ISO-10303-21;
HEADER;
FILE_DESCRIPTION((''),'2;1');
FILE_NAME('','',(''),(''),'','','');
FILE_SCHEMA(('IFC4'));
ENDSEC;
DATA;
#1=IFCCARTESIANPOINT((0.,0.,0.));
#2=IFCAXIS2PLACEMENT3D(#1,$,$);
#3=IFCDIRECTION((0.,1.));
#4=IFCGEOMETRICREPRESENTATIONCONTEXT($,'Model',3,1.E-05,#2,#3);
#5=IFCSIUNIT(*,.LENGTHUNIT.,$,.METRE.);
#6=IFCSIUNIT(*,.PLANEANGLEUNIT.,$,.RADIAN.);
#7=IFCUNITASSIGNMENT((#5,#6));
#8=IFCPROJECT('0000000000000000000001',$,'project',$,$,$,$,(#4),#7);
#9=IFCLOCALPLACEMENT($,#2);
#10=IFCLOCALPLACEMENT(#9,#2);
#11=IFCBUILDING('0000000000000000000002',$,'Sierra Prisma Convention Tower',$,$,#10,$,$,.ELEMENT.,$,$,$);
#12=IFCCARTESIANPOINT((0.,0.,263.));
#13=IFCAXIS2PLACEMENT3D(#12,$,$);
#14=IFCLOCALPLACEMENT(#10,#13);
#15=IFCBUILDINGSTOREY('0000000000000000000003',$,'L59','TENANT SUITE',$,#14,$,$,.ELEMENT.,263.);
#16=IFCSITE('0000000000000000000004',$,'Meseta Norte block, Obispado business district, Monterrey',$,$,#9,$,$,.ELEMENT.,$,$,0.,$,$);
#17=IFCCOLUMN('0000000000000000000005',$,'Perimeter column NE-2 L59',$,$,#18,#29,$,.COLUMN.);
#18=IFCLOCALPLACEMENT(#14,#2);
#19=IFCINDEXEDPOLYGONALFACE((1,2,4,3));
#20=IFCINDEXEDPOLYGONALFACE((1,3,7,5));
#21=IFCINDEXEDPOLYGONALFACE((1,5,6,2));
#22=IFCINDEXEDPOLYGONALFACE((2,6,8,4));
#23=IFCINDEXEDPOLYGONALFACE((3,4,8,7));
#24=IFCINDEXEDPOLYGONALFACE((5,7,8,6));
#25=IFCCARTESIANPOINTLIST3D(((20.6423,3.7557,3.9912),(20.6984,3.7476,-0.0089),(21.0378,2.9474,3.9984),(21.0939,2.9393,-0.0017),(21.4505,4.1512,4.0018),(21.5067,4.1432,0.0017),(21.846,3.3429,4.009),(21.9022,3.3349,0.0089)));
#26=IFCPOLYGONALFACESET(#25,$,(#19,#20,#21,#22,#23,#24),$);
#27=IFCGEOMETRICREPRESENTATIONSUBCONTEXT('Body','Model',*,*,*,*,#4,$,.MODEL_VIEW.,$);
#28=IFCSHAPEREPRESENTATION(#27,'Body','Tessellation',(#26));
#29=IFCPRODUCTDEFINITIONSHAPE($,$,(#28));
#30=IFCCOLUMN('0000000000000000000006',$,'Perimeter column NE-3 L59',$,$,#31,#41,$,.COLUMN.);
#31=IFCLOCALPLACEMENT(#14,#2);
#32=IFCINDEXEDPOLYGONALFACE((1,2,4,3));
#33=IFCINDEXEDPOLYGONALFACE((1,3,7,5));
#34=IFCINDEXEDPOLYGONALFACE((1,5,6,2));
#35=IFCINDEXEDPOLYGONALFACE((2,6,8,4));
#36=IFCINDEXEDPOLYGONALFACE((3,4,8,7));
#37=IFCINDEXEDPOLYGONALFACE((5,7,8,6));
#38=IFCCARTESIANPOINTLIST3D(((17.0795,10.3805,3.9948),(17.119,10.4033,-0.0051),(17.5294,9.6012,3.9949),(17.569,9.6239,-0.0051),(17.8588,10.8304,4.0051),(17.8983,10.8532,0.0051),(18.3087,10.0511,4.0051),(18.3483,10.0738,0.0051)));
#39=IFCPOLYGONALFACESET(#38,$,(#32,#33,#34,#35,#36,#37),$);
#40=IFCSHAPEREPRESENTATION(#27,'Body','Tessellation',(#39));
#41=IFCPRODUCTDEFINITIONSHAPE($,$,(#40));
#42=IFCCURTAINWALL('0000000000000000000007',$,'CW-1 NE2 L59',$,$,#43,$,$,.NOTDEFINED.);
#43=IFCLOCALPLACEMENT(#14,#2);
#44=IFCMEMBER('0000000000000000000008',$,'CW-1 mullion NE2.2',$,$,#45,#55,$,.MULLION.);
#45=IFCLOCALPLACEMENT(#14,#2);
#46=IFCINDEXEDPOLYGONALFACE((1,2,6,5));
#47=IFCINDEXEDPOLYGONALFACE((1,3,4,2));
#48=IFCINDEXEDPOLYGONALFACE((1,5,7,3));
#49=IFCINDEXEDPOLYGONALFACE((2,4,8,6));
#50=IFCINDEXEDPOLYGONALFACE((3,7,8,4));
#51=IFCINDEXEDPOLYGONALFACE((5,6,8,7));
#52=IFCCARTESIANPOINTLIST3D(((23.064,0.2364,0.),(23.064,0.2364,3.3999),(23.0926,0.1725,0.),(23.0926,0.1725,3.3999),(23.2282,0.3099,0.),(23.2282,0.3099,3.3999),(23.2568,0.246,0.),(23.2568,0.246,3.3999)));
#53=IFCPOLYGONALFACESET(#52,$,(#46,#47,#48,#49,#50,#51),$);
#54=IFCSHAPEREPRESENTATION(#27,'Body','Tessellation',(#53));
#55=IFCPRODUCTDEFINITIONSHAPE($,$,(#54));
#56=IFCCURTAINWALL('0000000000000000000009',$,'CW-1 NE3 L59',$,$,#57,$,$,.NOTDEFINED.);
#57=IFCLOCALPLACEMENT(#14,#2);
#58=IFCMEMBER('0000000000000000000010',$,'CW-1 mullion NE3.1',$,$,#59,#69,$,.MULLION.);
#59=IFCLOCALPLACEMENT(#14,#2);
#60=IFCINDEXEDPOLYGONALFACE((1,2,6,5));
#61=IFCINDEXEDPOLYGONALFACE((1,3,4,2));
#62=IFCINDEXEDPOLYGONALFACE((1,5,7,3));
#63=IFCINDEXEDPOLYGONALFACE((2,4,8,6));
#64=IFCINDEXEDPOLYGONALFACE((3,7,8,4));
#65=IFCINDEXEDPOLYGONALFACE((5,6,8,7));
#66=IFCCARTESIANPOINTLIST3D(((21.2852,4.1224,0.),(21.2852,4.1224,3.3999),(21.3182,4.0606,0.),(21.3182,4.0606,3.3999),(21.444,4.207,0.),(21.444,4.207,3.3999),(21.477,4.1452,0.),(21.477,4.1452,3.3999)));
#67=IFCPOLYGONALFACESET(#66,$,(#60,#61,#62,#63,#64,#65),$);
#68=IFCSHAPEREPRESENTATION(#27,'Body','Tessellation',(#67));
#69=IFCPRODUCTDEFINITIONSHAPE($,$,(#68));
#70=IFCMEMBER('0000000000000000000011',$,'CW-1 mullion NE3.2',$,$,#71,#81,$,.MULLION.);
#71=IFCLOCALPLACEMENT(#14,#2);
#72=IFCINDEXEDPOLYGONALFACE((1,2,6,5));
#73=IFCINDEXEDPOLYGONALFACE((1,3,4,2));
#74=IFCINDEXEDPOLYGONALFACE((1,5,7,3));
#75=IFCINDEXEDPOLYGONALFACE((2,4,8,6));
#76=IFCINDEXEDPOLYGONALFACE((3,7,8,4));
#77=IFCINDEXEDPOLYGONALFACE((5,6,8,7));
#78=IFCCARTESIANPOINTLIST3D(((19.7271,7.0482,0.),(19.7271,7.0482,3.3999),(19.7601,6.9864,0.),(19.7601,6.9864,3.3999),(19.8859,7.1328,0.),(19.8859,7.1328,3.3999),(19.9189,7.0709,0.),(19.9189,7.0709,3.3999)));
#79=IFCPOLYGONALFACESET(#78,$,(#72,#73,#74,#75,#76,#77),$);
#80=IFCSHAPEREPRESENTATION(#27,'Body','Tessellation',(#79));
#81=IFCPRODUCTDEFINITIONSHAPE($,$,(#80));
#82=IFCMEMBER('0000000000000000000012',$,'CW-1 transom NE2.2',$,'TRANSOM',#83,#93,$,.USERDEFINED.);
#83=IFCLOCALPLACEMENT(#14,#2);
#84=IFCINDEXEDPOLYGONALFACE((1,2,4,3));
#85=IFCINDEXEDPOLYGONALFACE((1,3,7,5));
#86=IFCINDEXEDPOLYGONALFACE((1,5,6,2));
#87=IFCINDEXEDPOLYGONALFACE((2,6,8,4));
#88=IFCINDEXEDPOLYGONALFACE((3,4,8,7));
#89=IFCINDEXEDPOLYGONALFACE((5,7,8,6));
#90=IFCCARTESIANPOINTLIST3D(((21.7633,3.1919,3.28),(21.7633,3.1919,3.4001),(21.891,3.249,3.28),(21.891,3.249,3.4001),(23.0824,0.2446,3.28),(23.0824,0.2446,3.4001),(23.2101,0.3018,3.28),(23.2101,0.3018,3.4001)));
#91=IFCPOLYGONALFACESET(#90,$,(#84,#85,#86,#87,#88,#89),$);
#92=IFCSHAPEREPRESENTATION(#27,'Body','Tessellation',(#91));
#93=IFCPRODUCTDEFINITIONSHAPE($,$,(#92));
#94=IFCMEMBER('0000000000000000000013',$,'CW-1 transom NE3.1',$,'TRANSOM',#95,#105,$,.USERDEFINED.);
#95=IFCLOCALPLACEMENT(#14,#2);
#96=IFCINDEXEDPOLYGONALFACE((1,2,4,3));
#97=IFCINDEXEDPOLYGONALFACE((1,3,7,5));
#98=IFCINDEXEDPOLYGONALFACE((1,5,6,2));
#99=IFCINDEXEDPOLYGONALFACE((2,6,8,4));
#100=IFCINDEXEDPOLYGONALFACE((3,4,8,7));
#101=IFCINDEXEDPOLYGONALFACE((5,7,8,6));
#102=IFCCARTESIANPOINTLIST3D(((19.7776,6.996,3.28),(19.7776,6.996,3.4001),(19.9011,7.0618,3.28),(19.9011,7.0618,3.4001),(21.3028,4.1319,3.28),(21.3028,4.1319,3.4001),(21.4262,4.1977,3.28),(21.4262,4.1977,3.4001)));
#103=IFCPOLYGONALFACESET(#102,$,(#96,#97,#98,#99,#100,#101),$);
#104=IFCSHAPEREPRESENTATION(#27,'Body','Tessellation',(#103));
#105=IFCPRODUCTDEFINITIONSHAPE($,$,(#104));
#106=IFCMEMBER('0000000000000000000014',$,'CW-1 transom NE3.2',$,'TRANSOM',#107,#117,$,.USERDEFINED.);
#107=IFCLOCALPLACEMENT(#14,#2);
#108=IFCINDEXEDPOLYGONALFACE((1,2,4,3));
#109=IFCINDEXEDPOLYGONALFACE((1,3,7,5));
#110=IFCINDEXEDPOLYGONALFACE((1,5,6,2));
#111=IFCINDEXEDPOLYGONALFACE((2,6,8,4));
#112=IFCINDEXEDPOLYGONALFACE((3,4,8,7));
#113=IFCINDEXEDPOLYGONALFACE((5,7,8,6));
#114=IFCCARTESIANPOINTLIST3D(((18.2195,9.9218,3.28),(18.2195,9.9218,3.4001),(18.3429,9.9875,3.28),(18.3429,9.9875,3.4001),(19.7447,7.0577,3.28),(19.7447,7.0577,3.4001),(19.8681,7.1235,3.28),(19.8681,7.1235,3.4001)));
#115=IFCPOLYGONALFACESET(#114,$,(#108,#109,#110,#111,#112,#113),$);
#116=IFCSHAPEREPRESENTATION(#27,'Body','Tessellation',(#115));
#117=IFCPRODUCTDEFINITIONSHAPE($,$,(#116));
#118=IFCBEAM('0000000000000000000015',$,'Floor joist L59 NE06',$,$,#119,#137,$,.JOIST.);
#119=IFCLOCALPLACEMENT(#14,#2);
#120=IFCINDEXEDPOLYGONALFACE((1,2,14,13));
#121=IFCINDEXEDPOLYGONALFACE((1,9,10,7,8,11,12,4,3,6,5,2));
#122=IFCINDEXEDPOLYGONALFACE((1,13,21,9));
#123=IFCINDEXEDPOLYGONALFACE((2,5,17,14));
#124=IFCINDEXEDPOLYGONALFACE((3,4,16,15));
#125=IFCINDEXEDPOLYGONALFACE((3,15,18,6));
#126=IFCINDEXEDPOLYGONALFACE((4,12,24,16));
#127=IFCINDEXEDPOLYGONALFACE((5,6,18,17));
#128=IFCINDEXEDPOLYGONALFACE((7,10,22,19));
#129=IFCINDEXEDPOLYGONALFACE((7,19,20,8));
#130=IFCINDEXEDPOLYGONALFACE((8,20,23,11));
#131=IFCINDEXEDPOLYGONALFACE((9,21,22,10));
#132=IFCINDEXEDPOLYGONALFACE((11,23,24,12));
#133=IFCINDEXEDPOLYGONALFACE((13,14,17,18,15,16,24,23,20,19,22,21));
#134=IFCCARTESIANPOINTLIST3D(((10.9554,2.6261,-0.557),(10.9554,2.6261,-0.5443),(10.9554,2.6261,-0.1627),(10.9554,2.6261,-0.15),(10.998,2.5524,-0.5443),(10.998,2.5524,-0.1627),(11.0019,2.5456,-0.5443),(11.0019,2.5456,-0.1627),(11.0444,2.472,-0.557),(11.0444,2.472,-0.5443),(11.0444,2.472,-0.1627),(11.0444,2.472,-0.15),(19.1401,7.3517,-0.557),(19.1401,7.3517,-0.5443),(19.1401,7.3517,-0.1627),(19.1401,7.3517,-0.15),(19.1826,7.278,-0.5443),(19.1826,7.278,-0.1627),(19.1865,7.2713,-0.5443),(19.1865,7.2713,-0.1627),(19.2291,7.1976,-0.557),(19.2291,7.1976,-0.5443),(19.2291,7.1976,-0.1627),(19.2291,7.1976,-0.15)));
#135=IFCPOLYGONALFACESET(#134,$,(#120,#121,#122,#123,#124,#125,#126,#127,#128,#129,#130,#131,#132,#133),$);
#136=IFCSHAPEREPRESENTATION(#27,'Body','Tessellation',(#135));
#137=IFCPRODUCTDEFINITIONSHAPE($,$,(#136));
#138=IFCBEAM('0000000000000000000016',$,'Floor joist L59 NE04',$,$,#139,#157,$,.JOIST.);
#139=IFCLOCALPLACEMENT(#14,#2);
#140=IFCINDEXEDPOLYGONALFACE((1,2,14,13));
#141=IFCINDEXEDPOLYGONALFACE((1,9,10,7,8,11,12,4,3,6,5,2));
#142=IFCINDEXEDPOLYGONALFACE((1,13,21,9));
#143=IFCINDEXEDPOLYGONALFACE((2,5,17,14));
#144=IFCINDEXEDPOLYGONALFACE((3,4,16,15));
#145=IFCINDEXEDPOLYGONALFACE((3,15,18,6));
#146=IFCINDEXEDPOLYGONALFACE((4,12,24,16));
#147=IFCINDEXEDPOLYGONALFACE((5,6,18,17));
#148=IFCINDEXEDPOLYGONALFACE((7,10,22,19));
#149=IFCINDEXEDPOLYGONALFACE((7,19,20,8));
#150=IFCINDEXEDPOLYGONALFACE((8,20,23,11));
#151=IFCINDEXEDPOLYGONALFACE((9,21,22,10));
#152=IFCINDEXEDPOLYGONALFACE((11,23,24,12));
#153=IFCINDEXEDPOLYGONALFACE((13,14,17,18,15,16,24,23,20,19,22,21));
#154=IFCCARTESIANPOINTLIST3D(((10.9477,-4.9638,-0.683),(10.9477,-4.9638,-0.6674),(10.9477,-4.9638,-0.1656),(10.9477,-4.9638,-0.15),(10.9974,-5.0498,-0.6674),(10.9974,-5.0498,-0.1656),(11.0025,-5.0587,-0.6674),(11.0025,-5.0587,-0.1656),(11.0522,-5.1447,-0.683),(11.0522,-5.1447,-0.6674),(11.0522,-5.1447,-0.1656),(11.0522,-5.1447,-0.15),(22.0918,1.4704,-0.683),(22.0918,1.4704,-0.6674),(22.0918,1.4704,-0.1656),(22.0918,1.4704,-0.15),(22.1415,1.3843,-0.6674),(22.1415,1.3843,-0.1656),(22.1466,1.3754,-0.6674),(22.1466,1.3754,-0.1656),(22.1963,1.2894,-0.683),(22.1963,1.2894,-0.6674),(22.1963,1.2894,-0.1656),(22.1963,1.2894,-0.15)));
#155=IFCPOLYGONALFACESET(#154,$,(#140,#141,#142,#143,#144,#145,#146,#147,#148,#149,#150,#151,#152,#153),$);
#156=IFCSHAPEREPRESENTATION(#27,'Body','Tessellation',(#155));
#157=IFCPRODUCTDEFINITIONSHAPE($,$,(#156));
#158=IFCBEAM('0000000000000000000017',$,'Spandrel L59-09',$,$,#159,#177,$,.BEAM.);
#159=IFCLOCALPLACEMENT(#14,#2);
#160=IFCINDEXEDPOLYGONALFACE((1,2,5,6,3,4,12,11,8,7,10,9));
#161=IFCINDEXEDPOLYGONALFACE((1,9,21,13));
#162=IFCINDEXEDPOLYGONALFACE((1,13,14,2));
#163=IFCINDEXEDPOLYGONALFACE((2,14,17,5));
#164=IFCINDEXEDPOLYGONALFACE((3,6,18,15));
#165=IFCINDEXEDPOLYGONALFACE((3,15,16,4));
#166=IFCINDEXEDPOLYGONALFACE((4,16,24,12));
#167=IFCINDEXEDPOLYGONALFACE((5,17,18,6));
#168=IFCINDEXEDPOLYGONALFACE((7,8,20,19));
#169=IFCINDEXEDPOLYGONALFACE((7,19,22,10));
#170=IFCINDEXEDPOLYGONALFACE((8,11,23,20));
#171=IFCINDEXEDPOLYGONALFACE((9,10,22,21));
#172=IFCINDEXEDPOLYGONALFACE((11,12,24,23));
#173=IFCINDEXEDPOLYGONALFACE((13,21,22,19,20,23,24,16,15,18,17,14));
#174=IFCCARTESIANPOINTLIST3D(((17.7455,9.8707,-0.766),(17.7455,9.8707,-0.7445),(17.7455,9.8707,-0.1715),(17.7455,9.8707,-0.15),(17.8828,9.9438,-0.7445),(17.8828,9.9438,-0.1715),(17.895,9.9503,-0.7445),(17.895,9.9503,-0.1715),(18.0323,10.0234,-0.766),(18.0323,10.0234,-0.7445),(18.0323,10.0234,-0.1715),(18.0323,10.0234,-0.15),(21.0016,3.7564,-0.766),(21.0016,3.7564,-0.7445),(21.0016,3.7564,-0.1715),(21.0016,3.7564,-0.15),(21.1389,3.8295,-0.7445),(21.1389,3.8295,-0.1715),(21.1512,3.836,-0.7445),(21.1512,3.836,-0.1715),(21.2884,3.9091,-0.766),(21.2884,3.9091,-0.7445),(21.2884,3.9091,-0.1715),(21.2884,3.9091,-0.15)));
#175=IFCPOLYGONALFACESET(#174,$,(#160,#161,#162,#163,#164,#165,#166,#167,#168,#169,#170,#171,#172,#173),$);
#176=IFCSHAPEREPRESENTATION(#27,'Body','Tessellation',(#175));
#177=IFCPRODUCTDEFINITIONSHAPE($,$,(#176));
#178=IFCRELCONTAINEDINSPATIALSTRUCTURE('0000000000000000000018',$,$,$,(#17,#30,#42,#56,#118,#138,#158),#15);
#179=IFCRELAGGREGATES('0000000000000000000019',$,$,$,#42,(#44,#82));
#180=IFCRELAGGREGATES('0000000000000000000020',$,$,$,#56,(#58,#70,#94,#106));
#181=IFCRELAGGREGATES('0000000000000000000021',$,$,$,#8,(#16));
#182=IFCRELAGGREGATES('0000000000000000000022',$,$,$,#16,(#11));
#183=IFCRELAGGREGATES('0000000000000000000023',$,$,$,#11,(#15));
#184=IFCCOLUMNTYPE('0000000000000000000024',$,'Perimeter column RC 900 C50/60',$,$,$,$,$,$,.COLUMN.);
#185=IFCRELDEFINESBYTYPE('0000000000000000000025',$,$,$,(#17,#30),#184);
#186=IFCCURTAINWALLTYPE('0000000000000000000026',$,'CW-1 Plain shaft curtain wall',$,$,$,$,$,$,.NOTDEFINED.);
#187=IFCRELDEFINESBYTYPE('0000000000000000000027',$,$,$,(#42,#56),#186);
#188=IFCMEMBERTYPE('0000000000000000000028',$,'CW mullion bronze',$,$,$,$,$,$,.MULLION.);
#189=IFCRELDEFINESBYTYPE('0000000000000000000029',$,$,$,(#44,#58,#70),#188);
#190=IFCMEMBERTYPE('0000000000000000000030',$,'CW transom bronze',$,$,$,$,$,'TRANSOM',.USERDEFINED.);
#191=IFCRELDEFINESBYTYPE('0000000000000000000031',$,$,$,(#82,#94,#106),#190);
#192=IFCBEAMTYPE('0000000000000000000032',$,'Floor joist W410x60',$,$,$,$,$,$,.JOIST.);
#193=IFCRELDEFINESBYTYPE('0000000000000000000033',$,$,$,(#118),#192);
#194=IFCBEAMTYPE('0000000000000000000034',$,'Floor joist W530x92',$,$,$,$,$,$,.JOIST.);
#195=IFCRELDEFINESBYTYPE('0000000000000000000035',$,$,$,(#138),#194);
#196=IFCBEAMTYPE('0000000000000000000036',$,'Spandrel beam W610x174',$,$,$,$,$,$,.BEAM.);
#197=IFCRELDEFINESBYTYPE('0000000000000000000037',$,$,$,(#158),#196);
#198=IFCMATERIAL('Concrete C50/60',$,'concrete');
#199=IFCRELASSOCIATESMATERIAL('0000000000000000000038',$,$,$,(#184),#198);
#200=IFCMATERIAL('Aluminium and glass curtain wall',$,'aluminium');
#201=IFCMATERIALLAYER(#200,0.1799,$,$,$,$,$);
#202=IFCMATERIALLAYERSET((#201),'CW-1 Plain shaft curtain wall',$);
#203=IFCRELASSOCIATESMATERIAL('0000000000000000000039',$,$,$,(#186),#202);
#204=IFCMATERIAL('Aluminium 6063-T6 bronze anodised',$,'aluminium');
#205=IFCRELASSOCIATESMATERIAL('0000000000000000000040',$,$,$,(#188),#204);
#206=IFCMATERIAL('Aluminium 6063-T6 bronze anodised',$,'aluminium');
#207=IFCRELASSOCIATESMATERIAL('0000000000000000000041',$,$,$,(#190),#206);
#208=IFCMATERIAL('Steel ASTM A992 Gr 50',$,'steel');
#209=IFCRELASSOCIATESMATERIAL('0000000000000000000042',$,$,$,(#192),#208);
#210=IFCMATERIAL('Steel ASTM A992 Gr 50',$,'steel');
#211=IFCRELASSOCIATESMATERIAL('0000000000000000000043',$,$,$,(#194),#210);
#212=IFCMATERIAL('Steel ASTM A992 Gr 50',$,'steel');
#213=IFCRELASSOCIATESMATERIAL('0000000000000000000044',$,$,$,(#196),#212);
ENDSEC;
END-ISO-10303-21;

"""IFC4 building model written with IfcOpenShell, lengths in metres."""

from ifc_helpers import new_model, si_unit, direction, frame, origin, origin_2d, place, context, subcontext, project, spatial, rectangle, i_section, extrude, material, layer, layer_set, material_profile, profile_set, type_object, element, aggregate, save


model = new_model("IFC4")

# Units and contexts
model_context = context("Model", 3, precision=1e-05, world=origin(), true_north=direction((0.0, 1.0)))
body_context = subcontext(model_context, "Body", "Model", "MODEL_VIEW")
ifc_project = project(units=[si_unit("LENGTHUNIT", "METRE"), si_unit("PLANEANGLEUNIT", "RADIAN")], contexts=[model_context])

# Site, building, storey
site_placement = place(None, origin())
site = spatial("IfcSite", under=ifc_project, at=site_placement, Name="Meseta Norte block, Obispado business district, Monterrey", CompositionType="ELEMENT", RefElevation=0.0)
building_placement = place(site_placement, origin())
building = spatial("IfcBuilding", under=site, at=building_placement, Name="Sierra Prisma Convention Tower", CompositionType="ELEMENT")
storey_placement = place(building_placement, frame((0.0, 0.0, 263.0)))
storey = spatial("IfcBuildingStorey", under=building, at=storey_placement, Name="L59", Description="TENANT SUITE", CompositionType="ELEMENT", Elevation=263.0)

# Columns
ifc_material_1 = material(Name="Concrete C50/60", Category="concrete")
ifc_material_profile_1 = material_profile(ifc_material_1, rectangle(XDim=0.8999, YDim=0.8999, at=origin_2d()), Name="Perimeter column RC 900 C50/60")
ifc_profile_set_1 = profile_set([ifc_material_profile_1], Name="Concrete C50/60")
column_type = type_object("IfcColumnType", Name="Perimeter column RC 900 C50/60", PredefinedType="COLUMN", material=ifc_profile_set_1)
column_1_placement = place(storey_placement, frame((21.3003, 3.5413, 0.0), z_axis=(-0.014037, 0.002014, 0.999899), x_axis=(-0.439491, 0.898211, -0.007979)))
element("IfcColumn", 1, at=column_1_placement, inside=storey, type_object=column_type, Name="Perimeter column NE-2 L59", PredefinedType="COLUMN", context=body_context, shape_type="SweptSolid", body=[
    extrude(rectangle(XDim=0.8999, YDim=0.8999, at=origin_2d()), origin(), (0.0, 0.0, 1.0), 4.0005),
])
column_2_placement = place(storey_placement, frame((17.7336, 10.2385, 0.0), z_axis=(-0.009887, -0.005676, 0.999935), x_axis=(-0.499976, 0.86604, -0.000028)))
element("IfcColumn", 2, at=column_2_placement, inside=storey, type_object=column_type, Name="Perimeter column NE-3 L59", PredefinedType="COLUMN", context=body_context, shape_type="SweptSolid", body=[
    extrude(rectangle(XDim=0.8999, YDim=0.8999, at=origin_2d()), origin(), (0.0, 0.0, 1.0), 4.0002),
])

# Curtain wall, member
ifc_material_2 = material(Name="Aluminium and glass curtain wall", Category="aluminium")
ifc_layer_1 = layer(ifc_material_2, 0.1799)
ifc_layer_set_1 = layer_set([ifc_layer_1], Name="CW-1 Plain shaft curtain wall")
curtain_wall_type = type_object("IfcCurtainWallType", Name="CW-1 Plain shaft curtain wall", PredefinedType="NOTDEFINED", material=ifc_layer_set_1)
curtain_wall_1_placement = place(storey_placement, origin())
curtain_wall_1 = element("IfcCurtainWall", 3, at=curtain_wall_1_placement, inside=storey, type_object=curtain_wall_type, Name="CW-1 NE2 L59", PredefinedType="NOTDEFINED")
ifc_material_3 = material(Name="Aluminium 6063-T6 bronze anodised", Category="aluminium")
ifc_material_profile_2 = material_profile(ifc_material_3, rectangle(XDim=0.1799, YDim=0.0701, at=origin_2d()), Name="ALU MULLION 70x180")
ifc_profile_set_2 = profile_set([ifc_material_profile_2], Name="Aluminium 6063-T6 bronze anodised")
member_type_1 = type_object("IfcMemberType", Name="CW mullion bronze", PredefinedType="MULLION", material=ifc_profile_set_2)
member_1_placement = place(storey_placement, frame((23.1604, 0.2412, 0.0), z_axis=(0.0, 0.0, 1.0), x_axis=(-0.912754, -0.408509, 0.0)))
member_1 = element("IfcMember", 4, at=member_1_placement, type_object=member_type_1, Name="CW-1 mullion NE2.2", PredefinedType="MULLION", context=body_context, shape_type="SweptSolid", body=[
    extrude(rectangle(XDim=0.1799, YDim=0.0701, at=origin_2d()), origin(), (0.0, 0.0, 1.0), 3.3999),
])

# Curtain wall, members
curtain_wall_2_placement = place(storey_placement, origin())
curtain_wall_2 = element("IfcCurtainWall", 5, at=curtain_wall_2_placement, inside=storey, type_object=curtain_wall_type, Name="CW-1 NE3 L59", PredefinedType="NOTDEFINED")
member_2_placement = place(storey_placement, frame((21.3811, 4.1338, 0.0), z_axis=(0.0, 0.0, 1.0), x_axis=(-0.882644, -0.470043, 0.0)))
member_2 = element("IfcMember", 6, at=member_2_placement, type_object=member_type_1, Name="CW-1 mullion NE3.1", PredefinedType="MULLION", context=body_context, shape_type="SweptSolid", body=[
    extrude(rectangle(XDim=0.1799, YDim=0.0701, at=origin_2d()), origin(), (0.0, 0.0, 1.0), 3.3999),
])
member_3_placement = place(storey_placement, frame((19.823, 7.0596, 0.0), z_axis=(0.0, 0.0, 1.0), x_axis=(-0.882644, -0.470043, 0.0)))
member_3 = element("IfcMember", 7, at=member_3_placement, type_object=member_type_1, Name="CW-1 mullion NE3.2", PredefinedType="MULLION", context=body_context, shape_type="SweptSolid", body=[
    extrude(rectangle(XDim=0.1799, YDim=0.0701, at=origin_2d()), origin(), (0.0, 0.0, 1.0), 3.3999),
])

# Members
ifc_material_4 = material(Name="Aluminium 6063-T6 bronze anodised", Category="aluminium")
ifc_material_profile_3 = material_profile(ifc_material_4, rectangle(XDim=0.1399, YDim=0.1201, at=origin_2d()), Name="ALU TRANSOM 120x140")
ifc_profile_set_3 = profile_set([ifc_material_profile_3], Name="Aluminium 6063-T6 bronze anodised")
member_type_2 = type_object("IfcMemberType", Name="CW transom bronze", ElementType="TRANSOM", PredefinedType="USERDEFINED", material=ifc_profile_set_3)
member_4_placement = place(storey_placement, frame((23.1462, 0.2732, 3.3401), z_axis=(-0.408515, 0.912751, 0.0), x_axis=(-0.912751, -0.408515, 0.0)))
member_4 = element("IfcMember", 8, at=member_4_placement, type_object=member_type_2, Name="CW-1 transom NE2.2", ObjectType="TRANSOM", PredefinedType="USERDEFINED", context=body_context, shape_type="SweptSolid", body=[
    extrude(rectangle(XDim=0.1399, YDim=0.1201, at=origin_2d()), origin(), (0.0, 0.0, 1.0), 3.229),
])
member_5_placement = place(storey_placement, frame((21.3645, 4.1648, 3.3401), z_axis=(-0.47003, 0.882651, 0.0), x_axis=(-0.882651, -0.47003, 0.0)))
member_5 = element("IfcMember", 9, at=member_5_placement, type_object=member_type_2, Name="CW-1 transom NE3.1", ObjectType="TRANSOM", PredefinedType="USERDEFINED", context=body_context, shape_type="SweptSolid", body=[
    extrude(rectangle(XDim=0.1399, YDim=0.1201, at=origin_2d()), origin(), (0.0, 0.0, 1.0), 3.2449),
])
member_6_placement = place(storey_placement, frame((19.8064, 7.0906, 3.3401), z_axis=(-0.47003, 0.882651, 0.0), x_axis=(-0.882651, -0.47003, 0.0)))
member_6 = element("IfcMember", 10, at=member_6_placement, type_object=member_type_2, Name="CW-1 transom NE3.2", ObjectType="TRANSOM", PredefinedType="USERDEFINED", context=body_context, shape_type="SweptSolid", body=[
    extrude(rectangle(XDim=0.1399, YDim=0.1201, at=origin_2d()), origin(), (0.0, 0.0, 1.0), 3.2449),
])

# Beams
ifc_material_5 = material(Name="Steel ASTM A992 Gr 50", Category="steel")
ifc_material_profile_4 = material_profile(ifc_material_5, i_section(OverallWidth=0.178, OverallDepth=0.407, WebThickness=0.0078, FlangeThickness=0.0127, at=origin_2d()), Name="W410x60")
ifc_profile_set_4 = profile_set([ifc_material_profile_4], Name="Steel ASTM A992 Gr 50")
beam_type_1 = type_object("IfcBeamType", Name="Floor joist W410x60", PredefinedType="JOIST", material=ifc_profile_set_4)
beam_1_placement = place(storey_placement, frame((19.1846, 7.2747, -0.3535), z_axis=(-0.866015, -0.500018, 0.0), x_axis=(0.500018, -0.866015, 0.0)))
element("IfcBeam", 11, at=beam_1_placement, inside=storey, type_object=beam_type_1, Name="Floor joist L59 NE06", PredefinedType="JOIST", context=body_context, shape_type="SweptSolid", body=[
    extrude(i_section(OverallWidth=0.178, OverallDepth=0.407, WebThickness=0.0078, FlangeThickness=0.0127, at=origin_2d()), origin(), (0.0, 0.0, 1.0), 9.4509),
])
ifc_material_6 = material(Name="Steel ASTM A992 Gr 50", Category="steel")
ifc_material_profile_5 = material_profile(ifc_material_6, i_section(OverallWidth=0.209, OverallDepth=0.533, WebThickness=0.0103, FlangeThickness=0.0156, at=origin_2d()), Name="W530x92")
ifc_profile_set_5 = profile_set([ifc_material_profile_5], Name="Steel ASTM A992 Gr 50")
beam_type_2 = type_object("IfcBeamType", Name="Floor joist W530x92", PredefinedType="JOIST", material=ifc_profile_set_5)
beam_2_placement = place(storey_placement, frame((22.144, 1.3799, -0.4165), z_axis=(-0.866023, -0.500004, 0.0), x_axis=(0.500004, -0.866023, 0.0)))
element("IfcBeam", 12, at=beam_2_placement, inside=storey, type_object=beam_type_2, Name="Floor joist L59 NE04", PredefinedType="JOIST", context=body_context, shape_type="SweptSolid", body=[
    extrude(i_section(OverallWidth=0.209, OverallDepth=0.533, WebThickness=0.0103, FlangeThickness=0.0156, at=origin_2d()), origin(), (0.0, 0.0, 1.0), 12.8682),
])
ifc_material_7 = material(Name="Steel ASTM A992 Gr 50", Category="steel")
ifc_material_profile_6 = material_profile(ifc_material_7, i_section(OverallWidth=0.325, OverallDepth=0.616, WebThickness=0.0139, FlangeThickness=0.0215, at=origin_2d()), Name="W610x174")
ifc_profile_set_6 = profile_set([ifc_material_profile_6], Name="Steel ASTM A992 Gr 50")
beam_type_3 = type_object("IfcBeamType", Name="Spandrel beam W610x174", PredefinedType="BEAM", material=ifc_profile_set_6)
beam_3_placement = place(storey_placement, frame((21.145, 3.8328, -0.458), z_axis=(-0.470045, 0.882643, 0.0), x_axis=(-0.882643, -0.470045, 0.0)))
element("IfcBeam", 13, at=beam_3_placement, inside=storey, type_object=beam_type_3, Name="Spandrel L59-09", PredefinedType="BEAM", context=body_context, shape_type="SweptSolid", body=[
    extrude(i_section(OverallWidth=0.325, OverallDepth=0.616, WebThickness=0.0139, FlangeThickness=0.0215, at=origin_2d()), origin(), (0.0, 0.0, 1.0), 6.9272),
])

aggregate(curtain_wall_1, [member_1, member_4])
aggregate(curtain_wall_2, [member_2, member_3, member_5, member_6])

save(model, "model.ifc")
